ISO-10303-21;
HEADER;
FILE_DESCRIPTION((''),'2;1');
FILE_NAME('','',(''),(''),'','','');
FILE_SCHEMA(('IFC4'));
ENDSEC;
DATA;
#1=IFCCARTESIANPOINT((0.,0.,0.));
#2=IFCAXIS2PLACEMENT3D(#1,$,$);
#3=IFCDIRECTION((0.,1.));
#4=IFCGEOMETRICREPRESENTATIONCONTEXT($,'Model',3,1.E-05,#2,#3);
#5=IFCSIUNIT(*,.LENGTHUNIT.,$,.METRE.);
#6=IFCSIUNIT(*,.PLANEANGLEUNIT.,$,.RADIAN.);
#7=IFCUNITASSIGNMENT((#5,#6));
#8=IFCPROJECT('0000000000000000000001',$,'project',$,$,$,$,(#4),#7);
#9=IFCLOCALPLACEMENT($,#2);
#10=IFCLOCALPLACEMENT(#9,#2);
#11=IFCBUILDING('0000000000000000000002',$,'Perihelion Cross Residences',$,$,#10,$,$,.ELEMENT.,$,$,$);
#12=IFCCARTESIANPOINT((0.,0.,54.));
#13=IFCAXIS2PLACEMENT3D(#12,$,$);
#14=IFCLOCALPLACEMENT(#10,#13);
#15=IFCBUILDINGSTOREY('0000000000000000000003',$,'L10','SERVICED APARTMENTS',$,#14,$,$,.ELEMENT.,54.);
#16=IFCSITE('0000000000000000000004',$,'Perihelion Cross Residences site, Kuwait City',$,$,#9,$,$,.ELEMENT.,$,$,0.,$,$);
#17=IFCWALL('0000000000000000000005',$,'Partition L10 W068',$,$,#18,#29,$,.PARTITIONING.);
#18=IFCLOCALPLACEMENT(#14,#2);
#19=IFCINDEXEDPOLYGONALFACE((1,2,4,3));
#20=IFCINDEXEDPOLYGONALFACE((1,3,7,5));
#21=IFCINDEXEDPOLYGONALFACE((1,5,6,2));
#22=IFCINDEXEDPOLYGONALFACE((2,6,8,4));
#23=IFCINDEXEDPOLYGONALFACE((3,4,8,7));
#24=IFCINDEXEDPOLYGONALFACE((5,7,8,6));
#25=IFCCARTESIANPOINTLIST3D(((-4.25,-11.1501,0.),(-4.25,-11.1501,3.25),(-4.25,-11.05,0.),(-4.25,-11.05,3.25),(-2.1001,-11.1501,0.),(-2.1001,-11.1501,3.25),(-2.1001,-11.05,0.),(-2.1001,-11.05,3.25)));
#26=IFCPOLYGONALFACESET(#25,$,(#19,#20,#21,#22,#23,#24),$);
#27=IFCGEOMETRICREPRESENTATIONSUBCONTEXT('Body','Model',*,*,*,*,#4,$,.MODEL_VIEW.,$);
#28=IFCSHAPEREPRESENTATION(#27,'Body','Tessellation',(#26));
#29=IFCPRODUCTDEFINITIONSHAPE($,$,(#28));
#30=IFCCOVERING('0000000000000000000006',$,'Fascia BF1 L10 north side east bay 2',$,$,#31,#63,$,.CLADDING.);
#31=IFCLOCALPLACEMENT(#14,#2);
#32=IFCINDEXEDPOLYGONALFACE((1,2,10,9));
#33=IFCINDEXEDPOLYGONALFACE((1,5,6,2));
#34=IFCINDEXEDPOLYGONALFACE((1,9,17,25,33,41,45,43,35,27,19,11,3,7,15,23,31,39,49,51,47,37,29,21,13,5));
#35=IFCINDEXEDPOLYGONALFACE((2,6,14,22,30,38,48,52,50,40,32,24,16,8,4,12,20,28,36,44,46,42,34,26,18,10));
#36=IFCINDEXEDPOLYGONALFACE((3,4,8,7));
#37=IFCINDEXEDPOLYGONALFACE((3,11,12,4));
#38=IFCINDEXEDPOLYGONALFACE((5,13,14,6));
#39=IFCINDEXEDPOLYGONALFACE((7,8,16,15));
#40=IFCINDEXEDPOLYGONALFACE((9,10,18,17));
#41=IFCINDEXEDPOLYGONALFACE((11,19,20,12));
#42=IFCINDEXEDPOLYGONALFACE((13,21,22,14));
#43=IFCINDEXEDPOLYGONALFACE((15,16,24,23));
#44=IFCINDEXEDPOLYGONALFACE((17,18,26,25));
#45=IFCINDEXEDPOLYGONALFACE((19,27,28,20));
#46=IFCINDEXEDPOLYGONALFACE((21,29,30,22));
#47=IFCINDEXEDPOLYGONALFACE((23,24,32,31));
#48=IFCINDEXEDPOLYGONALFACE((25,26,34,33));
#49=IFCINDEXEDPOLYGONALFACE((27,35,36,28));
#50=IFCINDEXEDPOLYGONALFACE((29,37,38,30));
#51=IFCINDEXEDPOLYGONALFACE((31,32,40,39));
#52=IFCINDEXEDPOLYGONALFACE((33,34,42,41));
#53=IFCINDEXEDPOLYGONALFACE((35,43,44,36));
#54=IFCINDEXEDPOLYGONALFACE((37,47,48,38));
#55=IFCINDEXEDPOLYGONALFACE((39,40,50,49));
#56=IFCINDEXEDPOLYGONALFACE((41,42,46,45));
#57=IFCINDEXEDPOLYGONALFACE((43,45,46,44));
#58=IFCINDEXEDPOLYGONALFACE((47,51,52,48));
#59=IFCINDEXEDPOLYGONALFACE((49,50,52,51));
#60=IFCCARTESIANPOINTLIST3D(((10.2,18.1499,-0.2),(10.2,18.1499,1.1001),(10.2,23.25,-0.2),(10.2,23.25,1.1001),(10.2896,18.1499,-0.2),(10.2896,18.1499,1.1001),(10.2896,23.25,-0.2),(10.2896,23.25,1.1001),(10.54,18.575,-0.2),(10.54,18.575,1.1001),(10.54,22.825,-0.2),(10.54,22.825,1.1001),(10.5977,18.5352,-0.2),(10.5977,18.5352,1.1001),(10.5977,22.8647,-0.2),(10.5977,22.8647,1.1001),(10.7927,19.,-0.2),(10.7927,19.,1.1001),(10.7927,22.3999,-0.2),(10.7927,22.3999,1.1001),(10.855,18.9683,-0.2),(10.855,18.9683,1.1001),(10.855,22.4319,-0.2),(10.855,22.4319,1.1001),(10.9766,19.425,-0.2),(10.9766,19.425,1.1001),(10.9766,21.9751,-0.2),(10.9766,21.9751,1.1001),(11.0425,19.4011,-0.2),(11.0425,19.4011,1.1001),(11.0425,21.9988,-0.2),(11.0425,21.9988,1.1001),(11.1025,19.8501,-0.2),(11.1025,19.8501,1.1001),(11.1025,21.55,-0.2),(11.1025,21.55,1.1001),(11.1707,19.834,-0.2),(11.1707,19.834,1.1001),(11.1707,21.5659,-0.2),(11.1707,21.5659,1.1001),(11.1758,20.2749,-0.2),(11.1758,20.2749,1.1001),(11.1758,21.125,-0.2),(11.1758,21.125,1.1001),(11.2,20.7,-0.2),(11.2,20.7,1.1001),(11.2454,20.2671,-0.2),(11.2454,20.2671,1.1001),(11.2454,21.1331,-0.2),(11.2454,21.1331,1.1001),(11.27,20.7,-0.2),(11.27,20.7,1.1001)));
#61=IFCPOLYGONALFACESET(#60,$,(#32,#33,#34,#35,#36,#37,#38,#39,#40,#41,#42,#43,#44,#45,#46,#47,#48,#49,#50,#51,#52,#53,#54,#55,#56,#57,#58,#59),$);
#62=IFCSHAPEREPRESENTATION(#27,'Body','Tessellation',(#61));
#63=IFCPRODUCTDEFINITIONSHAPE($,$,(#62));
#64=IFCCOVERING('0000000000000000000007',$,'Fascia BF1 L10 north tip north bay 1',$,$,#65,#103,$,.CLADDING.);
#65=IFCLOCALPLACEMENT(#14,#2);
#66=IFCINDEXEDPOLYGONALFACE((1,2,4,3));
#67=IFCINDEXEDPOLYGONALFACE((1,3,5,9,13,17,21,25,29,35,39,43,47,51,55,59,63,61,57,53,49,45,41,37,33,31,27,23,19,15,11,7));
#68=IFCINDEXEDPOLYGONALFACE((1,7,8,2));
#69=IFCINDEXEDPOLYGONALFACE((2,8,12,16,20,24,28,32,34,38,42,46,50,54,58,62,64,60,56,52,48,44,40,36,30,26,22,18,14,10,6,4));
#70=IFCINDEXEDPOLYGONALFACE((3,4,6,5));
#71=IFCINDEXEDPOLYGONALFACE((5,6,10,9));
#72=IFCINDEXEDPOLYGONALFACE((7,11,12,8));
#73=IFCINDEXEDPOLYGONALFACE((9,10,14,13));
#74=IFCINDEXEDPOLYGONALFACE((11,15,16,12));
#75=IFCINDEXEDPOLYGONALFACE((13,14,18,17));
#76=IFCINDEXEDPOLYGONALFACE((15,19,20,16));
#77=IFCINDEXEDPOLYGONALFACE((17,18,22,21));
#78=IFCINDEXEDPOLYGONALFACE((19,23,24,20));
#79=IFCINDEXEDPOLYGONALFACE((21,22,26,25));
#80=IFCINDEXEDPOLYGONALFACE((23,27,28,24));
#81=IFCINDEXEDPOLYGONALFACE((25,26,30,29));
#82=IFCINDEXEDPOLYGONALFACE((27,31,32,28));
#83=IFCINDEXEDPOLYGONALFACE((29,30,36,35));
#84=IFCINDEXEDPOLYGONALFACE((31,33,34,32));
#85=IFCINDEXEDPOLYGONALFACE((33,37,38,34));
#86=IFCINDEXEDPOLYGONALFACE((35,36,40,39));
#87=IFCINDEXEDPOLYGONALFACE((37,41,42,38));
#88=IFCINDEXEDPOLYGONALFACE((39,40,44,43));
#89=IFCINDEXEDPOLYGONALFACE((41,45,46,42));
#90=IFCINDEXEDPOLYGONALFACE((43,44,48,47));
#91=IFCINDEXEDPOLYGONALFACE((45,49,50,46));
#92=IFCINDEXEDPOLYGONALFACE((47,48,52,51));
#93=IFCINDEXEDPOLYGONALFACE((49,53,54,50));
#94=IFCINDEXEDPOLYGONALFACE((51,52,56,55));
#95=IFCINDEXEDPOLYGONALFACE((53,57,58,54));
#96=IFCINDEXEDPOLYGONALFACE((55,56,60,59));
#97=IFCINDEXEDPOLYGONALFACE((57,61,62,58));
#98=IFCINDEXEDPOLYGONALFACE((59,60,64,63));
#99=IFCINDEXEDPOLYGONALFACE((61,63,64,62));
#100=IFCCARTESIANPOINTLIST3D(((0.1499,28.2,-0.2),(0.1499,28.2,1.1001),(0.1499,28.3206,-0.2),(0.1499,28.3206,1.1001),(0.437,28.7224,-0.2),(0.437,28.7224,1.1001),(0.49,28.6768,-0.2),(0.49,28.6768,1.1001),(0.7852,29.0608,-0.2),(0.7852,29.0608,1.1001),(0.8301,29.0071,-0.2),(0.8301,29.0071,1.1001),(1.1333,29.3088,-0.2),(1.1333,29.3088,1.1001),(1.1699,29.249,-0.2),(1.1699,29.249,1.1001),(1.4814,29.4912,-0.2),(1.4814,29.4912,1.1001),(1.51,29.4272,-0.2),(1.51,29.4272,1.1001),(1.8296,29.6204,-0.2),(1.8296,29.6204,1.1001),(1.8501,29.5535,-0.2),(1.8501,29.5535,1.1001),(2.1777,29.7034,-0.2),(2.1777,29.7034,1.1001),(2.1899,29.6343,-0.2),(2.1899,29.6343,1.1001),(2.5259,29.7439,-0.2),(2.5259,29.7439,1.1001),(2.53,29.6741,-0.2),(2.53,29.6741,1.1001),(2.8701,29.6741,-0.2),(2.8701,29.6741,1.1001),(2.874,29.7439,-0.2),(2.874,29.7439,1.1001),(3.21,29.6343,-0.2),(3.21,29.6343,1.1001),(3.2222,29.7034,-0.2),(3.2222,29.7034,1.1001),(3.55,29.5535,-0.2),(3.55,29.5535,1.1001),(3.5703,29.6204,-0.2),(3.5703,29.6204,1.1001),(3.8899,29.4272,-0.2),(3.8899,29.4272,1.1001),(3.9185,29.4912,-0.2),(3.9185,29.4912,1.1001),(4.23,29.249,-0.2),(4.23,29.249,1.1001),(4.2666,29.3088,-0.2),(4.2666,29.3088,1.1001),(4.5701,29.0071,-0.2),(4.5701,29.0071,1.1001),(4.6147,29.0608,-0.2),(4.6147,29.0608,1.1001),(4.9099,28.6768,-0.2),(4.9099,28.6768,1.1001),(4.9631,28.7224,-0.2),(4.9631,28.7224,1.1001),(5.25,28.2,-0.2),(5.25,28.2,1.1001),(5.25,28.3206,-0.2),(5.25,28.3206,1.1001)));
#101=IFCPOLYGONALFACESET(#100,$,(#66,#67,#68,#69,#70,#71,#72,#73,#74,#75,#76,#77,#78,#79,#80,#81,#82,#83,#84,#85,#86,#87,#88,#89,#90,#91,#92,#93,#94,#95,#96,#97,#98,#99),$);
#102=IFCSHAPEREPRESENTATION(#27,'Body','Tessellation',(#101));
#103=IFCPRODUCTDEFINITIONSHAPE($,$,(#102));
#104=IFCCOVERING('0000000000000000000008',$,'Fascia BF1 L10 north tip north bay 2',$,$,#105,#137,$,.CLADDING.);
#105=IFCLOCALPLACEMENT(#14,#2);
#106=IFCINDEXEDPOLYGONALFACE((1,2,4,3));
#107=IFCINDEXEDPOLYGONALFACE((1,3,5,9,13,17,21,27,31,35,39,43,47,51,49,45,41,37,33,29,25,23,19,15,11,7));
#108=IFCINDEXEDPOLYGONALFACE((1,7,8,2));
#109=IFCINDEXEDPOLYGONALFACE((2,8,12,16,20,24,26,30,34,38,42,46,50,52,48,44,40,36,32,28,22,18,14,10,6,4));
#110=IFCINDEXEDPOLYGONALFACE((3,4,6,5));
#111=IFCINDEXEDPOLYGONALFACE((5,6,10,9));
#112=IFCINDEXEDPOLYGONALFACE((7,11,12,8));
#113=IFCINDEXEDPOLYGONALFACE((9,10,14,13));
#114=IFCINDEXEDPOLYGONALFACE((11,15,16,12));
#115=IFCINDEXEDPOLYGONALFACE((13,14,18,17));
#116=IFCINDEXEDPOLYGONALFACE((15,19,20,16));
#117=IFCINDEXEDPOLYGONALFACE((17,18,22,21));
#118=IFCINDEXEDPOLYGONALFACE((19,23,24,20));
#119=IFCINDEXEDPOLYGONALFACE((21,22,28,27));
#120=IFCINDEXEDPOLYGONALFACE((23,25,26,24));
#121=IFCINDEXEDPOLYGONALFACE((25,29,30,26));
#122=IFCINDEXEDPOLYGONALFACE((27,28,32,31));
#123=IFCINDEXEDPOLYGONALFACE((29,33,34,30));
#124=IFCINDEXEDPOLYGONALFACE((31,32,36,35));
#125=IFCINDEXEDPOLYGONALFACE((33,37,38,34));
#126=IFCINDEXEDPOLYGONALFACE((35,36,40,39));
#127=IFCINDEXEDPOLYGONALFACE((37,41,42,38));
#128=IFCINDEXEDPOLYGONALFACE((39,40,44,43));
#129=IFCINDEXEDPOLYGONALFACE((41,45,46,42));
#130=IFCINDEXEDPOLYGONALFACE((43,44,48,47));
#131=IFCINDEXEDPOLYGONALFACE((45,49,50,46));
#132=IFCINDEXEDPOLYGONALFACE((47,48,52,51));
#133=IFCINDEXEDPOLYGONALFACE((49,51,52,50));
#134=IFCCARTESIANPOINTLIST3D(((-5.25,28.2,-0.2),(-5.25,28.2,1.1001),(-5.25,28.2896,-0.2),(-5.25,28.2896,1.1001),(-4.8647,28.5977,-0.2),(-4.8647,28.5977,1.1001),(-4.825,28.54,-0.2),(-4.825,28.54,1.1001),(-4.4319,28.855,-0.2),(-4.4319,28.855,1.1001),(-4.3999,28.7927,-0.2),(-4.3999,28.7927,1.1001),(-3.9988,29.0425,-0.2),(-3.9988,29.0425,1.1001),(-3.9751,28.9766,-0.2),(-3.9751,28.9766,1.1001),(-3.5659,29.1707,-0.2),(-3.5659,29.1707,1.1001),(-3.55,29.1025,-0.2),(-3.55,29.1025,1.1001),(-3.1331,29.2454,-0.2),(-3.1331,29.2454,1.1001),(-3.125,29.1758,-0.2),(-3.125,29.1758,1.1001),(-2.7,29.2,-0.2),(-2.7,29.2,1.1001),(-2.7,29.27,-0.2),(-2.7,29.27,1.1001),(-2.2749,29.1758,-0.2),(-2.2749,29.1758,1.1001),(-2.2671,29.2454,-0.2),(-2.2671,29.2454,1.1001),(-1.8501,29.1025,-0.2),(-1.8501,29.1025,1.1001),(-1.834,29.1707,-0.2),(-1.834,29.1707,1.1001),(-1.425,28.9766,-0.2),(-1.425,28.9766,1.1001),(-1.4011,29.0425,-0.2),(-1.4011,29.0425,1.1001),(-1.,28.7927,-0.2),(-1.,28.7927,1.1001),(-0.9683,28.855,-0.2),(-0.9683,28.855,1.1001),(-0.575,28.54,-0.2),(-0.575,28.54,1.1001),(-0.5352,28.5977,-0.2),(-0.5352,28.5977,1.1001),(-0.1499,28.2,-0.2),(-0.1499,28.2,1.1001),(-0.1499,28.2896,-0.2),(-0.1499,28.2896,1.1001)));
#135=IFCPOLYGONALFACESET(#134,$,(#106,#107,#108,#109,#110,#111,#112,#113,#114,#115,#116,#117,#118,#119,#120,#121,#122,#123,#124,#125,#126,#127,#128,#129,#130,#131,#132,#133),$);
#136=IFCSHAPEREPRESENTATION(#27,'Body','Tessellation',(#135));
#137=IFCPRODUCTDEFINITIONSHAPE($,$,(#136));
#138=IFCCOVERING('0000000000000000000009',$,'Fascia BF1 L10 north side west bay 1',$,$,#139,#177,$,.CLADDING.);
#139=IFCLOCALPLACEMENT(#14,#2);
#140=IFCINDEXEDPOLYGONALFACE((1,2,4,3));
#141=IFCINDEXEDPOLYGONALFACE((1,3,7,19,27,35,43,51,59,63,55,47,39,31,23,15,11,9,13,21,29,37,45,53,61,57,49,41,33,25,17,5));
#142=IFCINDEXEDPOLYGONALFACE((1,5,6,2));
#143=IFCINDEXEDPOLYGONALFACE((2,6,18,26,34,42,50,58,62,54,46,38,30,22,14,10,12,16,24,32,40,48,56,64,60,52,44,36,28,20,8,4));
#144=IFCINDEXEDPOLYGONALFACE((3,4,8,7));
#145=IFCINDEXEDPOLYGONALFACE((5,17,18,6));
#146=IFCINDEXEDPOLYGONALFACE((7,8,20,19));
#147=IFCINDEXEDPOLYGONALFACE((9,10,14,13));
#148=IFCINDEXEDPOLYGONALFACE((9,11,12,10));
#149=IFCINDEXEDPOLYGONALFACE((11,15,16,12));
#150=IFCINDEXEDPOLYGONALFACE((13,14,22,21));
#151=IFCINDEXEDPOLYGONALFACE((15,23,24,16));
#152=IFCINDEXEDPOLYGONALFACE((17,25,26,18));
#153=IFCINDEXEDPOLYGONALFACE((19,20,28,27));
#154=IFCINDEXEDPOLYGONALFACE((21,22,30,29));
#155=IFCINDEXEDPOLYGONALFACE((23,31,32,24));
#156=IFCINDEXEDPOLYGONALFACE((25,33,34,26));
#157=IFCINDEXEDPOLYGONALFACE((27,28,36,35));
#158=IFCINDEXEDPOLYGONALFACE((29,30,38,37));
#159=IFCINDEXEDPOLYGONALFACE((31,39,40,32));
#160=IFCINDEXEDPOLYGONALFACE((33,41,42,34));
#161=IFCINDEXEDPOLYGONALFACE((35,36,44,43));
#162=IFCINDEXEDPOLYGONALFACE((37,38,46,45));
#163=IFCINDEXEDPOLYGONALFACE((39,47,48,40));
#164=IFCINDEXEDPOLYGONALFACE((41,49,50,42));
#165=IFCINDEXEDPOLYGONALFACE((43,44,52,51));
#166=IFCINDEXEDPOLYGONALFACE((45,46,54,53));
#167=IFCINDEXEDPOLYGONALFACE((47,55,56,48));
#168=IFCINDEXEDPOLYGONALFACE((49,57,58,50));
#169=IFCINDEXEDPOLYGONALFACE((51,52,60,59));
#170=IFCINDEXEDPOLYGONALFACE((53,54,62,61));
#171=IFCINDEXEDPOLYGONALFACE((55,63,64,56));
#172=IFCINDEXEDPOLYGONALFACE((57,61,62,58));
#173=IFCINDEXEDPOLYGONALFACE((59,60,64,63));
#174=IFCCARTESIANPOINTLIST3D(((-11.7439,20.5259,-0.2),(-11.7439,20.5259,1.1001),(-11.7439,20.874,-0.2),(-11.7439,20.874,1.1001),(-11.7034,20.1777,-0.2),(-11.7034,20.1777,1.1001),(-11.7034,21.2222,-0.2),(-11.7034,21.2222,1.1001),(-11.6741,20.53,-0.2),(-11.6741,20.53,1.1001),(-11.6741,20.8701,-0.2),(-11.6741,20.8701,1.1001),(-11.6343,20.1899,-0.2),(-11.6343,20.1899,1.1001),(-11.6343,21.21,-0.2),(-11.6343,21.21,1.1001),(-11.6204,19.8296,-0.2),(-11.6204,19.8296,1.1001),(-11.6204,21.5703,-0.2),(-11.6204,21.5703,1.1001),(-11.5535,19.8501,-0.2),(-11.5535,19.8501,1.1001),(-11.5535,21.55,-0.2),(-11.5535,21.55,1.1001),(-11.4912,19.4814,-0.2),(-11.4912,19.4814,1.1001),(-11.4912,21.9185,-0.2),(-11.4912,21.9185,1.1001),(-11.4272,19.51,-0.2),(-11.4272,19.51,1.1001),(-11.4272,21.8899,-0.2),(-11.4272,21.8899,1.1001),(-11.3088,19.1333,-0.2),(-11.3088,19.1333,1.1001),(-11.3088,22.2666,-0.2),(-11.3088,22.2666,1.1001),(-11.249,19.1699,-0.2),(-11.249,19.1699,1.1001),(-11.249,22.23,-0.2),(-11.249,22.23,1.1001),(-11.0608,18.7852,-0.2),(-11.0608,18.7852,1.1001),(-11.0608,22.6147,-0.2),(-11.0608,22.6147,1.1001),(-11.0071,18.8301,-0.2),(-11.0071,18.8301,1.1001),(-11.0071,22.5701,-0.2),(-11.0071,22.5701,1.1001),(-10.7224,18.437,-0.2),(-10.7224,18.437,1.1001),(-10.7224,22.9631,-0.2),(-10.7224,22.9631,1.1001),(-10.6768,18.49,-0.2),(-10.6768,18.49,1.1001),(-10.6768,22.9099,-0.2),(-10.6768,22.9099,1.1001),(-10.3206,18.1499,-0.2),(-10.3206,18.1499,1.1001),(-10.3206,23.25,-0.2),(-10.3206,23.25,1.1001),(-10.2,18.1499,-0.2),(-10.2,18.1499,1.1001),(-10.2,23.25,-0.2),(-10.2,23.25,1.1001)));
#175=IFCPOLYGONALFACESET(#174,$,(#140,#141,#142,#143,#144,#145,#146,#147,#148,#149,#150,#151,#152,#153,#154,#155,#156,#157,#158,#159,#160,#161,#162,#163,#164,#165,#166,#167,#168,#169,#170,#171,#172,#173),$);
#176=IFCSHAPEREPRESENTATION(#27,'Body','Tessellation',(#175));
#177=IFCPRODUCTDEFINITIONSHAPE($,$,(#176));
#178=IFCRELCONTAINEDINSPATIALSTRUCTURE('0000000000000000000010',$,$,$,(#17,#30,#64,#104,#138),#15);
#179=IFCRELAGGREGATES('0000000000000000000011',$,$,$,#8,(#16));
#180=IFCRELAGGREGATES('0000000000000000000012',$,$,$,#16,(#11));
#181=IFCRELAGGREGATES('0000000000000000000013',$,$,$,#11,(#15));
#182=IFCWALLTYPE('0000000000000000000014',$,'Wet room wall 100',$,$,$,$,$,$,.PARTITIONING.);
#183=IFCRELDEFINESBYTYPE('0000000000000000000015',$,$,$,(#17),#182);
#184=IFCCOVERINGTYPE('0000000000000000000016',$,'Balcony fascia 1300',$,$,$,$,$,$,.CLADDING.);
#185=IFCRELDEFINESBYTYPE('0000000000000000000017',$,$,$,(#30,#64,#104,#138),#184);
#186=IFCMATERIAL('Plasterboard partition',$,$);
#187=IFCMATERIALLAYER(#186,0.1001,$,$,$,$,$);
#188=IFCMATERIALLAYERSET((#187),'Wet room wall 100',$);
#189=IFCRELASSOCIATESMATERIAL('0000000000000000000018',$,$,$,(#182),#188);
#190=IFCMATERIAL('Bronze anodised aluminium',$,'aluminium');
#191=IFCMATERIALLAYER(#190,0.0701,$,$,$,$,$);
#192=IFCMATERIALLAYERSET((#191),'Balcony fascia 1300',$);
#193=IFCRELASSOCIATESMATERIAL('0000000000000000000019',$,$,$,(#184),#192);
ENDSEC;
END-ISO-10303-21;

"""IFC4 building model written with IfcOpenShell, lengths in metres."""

from ifc_helpers import new_model, si_unit, direction, frame, frame_2d, origin, place, context, subcontext, project, spatial, polyline, rectangle, outline, extrude, material, layer, layer_set, type_object, element, save


model = new_model("IFC4")

# Units and contexts
model_context = context("Model", 3, precision=1e-05, world=origin(), true_north=direction((0.0, 1.0)))
body_context = subcontext(model_context, "Body", "Model", "MODEL_VIEW")
ifc_project = project(units=[si_unit("LENGTHUNIT", "METRE"), si_unit("PLANEANGLEUNIT", "RADIAN")], contexts=[model_context])

# Site, building, storey
site_placement = place(None, origin())
site = spatial("IfcSite", under=ifc_project, at=site_placement, Name="Perihelion Cross Residences site, Kuwait City", CompositionType="ELEMENT", RefElevation=0.0)
building_placement = place(site_placement, origin())
building = spatial("IfcBuilding", under=site, at=building_placement, Name="Perihelion Cross Residences", CompositionType="ELEMENT")
storey_placement = place(building_placement, frame((0.0, 0.0, 54.0)))
storey = spatial("IfcBuildingStorey", under=building, at=storey_placement, Name="L10", Description="SERVICED APARTMENTS", CompositionType="ELEMENT", Elevation=54.0)

# Shared definitions
ifc_material_1 = material(Name="Plasterboard partition")
ifc_layer_1 = layer(ifc_material_1, 0.1001)
ifc_layer_set_1 = layer_set([ifc_layer_1], Name="Wet room wall 100")
wall_type_1 = type_object("IfcWallType", Name="Wet room wall 100", PredefinedType="PARTITIONING", material=ifc_layer_set_1)

# Wall
wall_1_placement = place(storey_placement, frame((-2.1001, -11.1001, 0.0), z_axis=(0.0, 0.0, 1.0), x_axis=(-1.0, 0.0, 0.0)))
element("IfcWall", 1, at=wall_1_placement, inside=storey, type_object=wall_type_1, Name="Partition L10 W068", PredefinedType="PARTITIONING", context=body_context, shape_type="SweptSolid", body=[
    extrude(rectangle(XDim=2.1499, YDim=0.1001, at=frame_2d((1.075, 0.0))), origin(), (0.0, 0.0, 1.0), 3.25),
])

# Coverings
ifc_material_2 = material(Name="Bronze anodised aluminium", Category="aluminium")
ifc_layer_2 = layer(ifc_material_2, 0.0701)
ifc_layer_set_2 = layer_set([ifc_layer_2], Name="Balcony fascia 1300")
covering_type = type_object("IfcCoveringType", Name="Balcony fascia 1300", PredefinedType="CLADDING", material=ifc_layer_set_2)
covering_1_placement = place(storey_placement, frame((0.0, 0.0, -0.2)))
element("IfcCovering", 2, at=covering_1_placement, inside=storey, type_object=covering_type, Name="Fascia BF1 L10 north side east bay 2", PredefinedType="CLADDING", context=body_context, shape_type="SweptSolid", body=[
    extrude(outline(polyline([(10.5977, 18.5352), (10.855, 18.9683), (11.0425, 19.4011), (11.1707, 19.834), (11.2454, 20.2671), (11.27, 20.7), (11.2454, 21.1331), (11.1707, 21.5659), (11.0425, 21.9988), (10.855, 22.4319), (10.5977, 22.8647), (10.2896, 23.25), (10.2, 23.25), (10.54, 22.825), (10.7927, 22.3999), (10.9766, 21.9751), (11.1025, 21.55), (11.1758, 21.125), (11.2, 20.7), (11.1758, 20.2749), (11.1025, 19.8501), (10.9766, 19.425), (10.7927, 19.0), (10.54, 18.575), (10.2, 18.1499), (10.2896, 18.1499), (10.5977, 18.5352)])), origin(), (0.0, 0.0, 1.0), 1.3),
])
covering_2_placement = place(storey_placement, frame((0.0, 0.0, -0.2)))
element("IfcCovering", 3, at=covering_2_placement, inside=storey, type_object=covering_type, Name="Fascia BF1 L10 north tip north bay 1", PredefinedType="CLADDING", context=body_context, shape_type="SweptSolid", body=[
    extrude(outline(polyline([(4.9631, 28.7224), (4.6147, 29.0608), (4.2666, 29.3088), (3.9185, 29.4912), (3.5703, 29.6204), (3.2222, 29.7034), (2.874, 29.7439), (2.5259, 29.7439), (2.1777, 29.7034), (1.8296, 29.6204), (1.4814, 29.4912), (1.1333, 29.3088), (0.7852, 29.0608), (0.437, 28.7224), (0.1499, 28.3206), (0.1499, 28.2), (0.49, 28.6768), (0.8301, 29.0071), (1.1699, 29.249), (1.51, 29.4272), (1.8501, 29.5535), (2.1899, 29.6343), (2.53, 29.6741), (2.8701, 29.6741), (3.21, 29.6343), (3.55, 29.5535), (3.8899, 29.4272), (4.23, 29.249), (4.5701, 29.0071), (4.9099, 28.6768), (5.25, 28.2), (5.25, 28.3206), (4.9631, 28.7224)])), origin(), (0.0, 0.0, 1.0), 1.3),
])
covering_3_placement = place(storey_placement, frame((0.0, 0.0, -0.2)))
element("IfcCovering", 4, at=covering_3_placement, inside=storey, type_object=covering_type, Name="Fascia BF1 L10 north tip north bay 2", PredefinedType="CLADDING", context=body_context, shape_type="SweptSolid", body=[
    extrude(outline(polyline([(-0.5352, 28.5977), (-0.9683, 28.855), (-1.4011, 29.0425), (-1.834, 29.1707), (-2.2671, 29.2454), (-2.7, 29.27), (-3.1331, 29.2454), (-3.5659, 29.1707), (-3.9988, 29.0425), (-4.4319, 28.855), (-4.8647, 28.5977), (-5.25, 28.2896), (-5.25, 28.2), (-4.825, 28.54), (-4.3999, 28.7927), (-3.9751, 28.9766), (-3.55, 29.1025), (-3.125, 29.1758), (-2.7, 29.2), (-2.2749, 29.1758), (-1.8501, 29.1025), (-1.425, 28.9766), (-1.0, 28.7927), (-0.575, 28.54), (-0.1499, 28.2), (-0.1499, 28.2896), (-0.5352, 28.5977)])), origin(), (0.0, 0.0, 1.0), 1.3),
])
covering_4_placement = place(storey_placement, frame((0.0, 0.0, -0.2)))
element("IfcCovering", 5, at=covering_4_placement, inside=storey, type_object=covering_type, Name="Fascia BF1 L10 north side west bay 1", PredefinedType="CLADDING", context=body_context, shape_type="SweptSolid", body=[
    extrude(outline(polyline([(-10.7224, 22.9631), (-11.0608, 22.6147), (-11.3088, 22.2666), (-11.4912, 21.9185), (-11.6204, 21.5703), (-11.7034, 21.2222), (-11.7439, 20.874), (-11.7439, 20.5259), (-11.7034, 20.1777), (-11.6204, 19.8296), (-11.4912, 19.4814), (-11.3088, 19.1333), (-11.0608, 18.7852), (-10.7224, 18.437), (-10.3206, 18.1499), (-10.2, 18.1499), (-10.6768, 18.49), (-11.0071, 18.8301), (-11.249, 19.1699), (-11.4272, 19.51), (-11.5535, 19.8501), (-11.6343, 20.1899), (-11.6741, 20.53), (-11.6741, 20.8701), (-11.6343, 21.21), (-11.5535, 21.55), (-11.4272, 21.8899), (-11.249, 22.23), (-11.0071, 22.5701), (-10.6768, 22.9099), (-10.2, 23.25), (-10.3206, 23.25), (-10.7224, 22.9631)])), origin(), (0.0, 0.0, 1.0), 1.3),
])

save(model, "model.ifc")
